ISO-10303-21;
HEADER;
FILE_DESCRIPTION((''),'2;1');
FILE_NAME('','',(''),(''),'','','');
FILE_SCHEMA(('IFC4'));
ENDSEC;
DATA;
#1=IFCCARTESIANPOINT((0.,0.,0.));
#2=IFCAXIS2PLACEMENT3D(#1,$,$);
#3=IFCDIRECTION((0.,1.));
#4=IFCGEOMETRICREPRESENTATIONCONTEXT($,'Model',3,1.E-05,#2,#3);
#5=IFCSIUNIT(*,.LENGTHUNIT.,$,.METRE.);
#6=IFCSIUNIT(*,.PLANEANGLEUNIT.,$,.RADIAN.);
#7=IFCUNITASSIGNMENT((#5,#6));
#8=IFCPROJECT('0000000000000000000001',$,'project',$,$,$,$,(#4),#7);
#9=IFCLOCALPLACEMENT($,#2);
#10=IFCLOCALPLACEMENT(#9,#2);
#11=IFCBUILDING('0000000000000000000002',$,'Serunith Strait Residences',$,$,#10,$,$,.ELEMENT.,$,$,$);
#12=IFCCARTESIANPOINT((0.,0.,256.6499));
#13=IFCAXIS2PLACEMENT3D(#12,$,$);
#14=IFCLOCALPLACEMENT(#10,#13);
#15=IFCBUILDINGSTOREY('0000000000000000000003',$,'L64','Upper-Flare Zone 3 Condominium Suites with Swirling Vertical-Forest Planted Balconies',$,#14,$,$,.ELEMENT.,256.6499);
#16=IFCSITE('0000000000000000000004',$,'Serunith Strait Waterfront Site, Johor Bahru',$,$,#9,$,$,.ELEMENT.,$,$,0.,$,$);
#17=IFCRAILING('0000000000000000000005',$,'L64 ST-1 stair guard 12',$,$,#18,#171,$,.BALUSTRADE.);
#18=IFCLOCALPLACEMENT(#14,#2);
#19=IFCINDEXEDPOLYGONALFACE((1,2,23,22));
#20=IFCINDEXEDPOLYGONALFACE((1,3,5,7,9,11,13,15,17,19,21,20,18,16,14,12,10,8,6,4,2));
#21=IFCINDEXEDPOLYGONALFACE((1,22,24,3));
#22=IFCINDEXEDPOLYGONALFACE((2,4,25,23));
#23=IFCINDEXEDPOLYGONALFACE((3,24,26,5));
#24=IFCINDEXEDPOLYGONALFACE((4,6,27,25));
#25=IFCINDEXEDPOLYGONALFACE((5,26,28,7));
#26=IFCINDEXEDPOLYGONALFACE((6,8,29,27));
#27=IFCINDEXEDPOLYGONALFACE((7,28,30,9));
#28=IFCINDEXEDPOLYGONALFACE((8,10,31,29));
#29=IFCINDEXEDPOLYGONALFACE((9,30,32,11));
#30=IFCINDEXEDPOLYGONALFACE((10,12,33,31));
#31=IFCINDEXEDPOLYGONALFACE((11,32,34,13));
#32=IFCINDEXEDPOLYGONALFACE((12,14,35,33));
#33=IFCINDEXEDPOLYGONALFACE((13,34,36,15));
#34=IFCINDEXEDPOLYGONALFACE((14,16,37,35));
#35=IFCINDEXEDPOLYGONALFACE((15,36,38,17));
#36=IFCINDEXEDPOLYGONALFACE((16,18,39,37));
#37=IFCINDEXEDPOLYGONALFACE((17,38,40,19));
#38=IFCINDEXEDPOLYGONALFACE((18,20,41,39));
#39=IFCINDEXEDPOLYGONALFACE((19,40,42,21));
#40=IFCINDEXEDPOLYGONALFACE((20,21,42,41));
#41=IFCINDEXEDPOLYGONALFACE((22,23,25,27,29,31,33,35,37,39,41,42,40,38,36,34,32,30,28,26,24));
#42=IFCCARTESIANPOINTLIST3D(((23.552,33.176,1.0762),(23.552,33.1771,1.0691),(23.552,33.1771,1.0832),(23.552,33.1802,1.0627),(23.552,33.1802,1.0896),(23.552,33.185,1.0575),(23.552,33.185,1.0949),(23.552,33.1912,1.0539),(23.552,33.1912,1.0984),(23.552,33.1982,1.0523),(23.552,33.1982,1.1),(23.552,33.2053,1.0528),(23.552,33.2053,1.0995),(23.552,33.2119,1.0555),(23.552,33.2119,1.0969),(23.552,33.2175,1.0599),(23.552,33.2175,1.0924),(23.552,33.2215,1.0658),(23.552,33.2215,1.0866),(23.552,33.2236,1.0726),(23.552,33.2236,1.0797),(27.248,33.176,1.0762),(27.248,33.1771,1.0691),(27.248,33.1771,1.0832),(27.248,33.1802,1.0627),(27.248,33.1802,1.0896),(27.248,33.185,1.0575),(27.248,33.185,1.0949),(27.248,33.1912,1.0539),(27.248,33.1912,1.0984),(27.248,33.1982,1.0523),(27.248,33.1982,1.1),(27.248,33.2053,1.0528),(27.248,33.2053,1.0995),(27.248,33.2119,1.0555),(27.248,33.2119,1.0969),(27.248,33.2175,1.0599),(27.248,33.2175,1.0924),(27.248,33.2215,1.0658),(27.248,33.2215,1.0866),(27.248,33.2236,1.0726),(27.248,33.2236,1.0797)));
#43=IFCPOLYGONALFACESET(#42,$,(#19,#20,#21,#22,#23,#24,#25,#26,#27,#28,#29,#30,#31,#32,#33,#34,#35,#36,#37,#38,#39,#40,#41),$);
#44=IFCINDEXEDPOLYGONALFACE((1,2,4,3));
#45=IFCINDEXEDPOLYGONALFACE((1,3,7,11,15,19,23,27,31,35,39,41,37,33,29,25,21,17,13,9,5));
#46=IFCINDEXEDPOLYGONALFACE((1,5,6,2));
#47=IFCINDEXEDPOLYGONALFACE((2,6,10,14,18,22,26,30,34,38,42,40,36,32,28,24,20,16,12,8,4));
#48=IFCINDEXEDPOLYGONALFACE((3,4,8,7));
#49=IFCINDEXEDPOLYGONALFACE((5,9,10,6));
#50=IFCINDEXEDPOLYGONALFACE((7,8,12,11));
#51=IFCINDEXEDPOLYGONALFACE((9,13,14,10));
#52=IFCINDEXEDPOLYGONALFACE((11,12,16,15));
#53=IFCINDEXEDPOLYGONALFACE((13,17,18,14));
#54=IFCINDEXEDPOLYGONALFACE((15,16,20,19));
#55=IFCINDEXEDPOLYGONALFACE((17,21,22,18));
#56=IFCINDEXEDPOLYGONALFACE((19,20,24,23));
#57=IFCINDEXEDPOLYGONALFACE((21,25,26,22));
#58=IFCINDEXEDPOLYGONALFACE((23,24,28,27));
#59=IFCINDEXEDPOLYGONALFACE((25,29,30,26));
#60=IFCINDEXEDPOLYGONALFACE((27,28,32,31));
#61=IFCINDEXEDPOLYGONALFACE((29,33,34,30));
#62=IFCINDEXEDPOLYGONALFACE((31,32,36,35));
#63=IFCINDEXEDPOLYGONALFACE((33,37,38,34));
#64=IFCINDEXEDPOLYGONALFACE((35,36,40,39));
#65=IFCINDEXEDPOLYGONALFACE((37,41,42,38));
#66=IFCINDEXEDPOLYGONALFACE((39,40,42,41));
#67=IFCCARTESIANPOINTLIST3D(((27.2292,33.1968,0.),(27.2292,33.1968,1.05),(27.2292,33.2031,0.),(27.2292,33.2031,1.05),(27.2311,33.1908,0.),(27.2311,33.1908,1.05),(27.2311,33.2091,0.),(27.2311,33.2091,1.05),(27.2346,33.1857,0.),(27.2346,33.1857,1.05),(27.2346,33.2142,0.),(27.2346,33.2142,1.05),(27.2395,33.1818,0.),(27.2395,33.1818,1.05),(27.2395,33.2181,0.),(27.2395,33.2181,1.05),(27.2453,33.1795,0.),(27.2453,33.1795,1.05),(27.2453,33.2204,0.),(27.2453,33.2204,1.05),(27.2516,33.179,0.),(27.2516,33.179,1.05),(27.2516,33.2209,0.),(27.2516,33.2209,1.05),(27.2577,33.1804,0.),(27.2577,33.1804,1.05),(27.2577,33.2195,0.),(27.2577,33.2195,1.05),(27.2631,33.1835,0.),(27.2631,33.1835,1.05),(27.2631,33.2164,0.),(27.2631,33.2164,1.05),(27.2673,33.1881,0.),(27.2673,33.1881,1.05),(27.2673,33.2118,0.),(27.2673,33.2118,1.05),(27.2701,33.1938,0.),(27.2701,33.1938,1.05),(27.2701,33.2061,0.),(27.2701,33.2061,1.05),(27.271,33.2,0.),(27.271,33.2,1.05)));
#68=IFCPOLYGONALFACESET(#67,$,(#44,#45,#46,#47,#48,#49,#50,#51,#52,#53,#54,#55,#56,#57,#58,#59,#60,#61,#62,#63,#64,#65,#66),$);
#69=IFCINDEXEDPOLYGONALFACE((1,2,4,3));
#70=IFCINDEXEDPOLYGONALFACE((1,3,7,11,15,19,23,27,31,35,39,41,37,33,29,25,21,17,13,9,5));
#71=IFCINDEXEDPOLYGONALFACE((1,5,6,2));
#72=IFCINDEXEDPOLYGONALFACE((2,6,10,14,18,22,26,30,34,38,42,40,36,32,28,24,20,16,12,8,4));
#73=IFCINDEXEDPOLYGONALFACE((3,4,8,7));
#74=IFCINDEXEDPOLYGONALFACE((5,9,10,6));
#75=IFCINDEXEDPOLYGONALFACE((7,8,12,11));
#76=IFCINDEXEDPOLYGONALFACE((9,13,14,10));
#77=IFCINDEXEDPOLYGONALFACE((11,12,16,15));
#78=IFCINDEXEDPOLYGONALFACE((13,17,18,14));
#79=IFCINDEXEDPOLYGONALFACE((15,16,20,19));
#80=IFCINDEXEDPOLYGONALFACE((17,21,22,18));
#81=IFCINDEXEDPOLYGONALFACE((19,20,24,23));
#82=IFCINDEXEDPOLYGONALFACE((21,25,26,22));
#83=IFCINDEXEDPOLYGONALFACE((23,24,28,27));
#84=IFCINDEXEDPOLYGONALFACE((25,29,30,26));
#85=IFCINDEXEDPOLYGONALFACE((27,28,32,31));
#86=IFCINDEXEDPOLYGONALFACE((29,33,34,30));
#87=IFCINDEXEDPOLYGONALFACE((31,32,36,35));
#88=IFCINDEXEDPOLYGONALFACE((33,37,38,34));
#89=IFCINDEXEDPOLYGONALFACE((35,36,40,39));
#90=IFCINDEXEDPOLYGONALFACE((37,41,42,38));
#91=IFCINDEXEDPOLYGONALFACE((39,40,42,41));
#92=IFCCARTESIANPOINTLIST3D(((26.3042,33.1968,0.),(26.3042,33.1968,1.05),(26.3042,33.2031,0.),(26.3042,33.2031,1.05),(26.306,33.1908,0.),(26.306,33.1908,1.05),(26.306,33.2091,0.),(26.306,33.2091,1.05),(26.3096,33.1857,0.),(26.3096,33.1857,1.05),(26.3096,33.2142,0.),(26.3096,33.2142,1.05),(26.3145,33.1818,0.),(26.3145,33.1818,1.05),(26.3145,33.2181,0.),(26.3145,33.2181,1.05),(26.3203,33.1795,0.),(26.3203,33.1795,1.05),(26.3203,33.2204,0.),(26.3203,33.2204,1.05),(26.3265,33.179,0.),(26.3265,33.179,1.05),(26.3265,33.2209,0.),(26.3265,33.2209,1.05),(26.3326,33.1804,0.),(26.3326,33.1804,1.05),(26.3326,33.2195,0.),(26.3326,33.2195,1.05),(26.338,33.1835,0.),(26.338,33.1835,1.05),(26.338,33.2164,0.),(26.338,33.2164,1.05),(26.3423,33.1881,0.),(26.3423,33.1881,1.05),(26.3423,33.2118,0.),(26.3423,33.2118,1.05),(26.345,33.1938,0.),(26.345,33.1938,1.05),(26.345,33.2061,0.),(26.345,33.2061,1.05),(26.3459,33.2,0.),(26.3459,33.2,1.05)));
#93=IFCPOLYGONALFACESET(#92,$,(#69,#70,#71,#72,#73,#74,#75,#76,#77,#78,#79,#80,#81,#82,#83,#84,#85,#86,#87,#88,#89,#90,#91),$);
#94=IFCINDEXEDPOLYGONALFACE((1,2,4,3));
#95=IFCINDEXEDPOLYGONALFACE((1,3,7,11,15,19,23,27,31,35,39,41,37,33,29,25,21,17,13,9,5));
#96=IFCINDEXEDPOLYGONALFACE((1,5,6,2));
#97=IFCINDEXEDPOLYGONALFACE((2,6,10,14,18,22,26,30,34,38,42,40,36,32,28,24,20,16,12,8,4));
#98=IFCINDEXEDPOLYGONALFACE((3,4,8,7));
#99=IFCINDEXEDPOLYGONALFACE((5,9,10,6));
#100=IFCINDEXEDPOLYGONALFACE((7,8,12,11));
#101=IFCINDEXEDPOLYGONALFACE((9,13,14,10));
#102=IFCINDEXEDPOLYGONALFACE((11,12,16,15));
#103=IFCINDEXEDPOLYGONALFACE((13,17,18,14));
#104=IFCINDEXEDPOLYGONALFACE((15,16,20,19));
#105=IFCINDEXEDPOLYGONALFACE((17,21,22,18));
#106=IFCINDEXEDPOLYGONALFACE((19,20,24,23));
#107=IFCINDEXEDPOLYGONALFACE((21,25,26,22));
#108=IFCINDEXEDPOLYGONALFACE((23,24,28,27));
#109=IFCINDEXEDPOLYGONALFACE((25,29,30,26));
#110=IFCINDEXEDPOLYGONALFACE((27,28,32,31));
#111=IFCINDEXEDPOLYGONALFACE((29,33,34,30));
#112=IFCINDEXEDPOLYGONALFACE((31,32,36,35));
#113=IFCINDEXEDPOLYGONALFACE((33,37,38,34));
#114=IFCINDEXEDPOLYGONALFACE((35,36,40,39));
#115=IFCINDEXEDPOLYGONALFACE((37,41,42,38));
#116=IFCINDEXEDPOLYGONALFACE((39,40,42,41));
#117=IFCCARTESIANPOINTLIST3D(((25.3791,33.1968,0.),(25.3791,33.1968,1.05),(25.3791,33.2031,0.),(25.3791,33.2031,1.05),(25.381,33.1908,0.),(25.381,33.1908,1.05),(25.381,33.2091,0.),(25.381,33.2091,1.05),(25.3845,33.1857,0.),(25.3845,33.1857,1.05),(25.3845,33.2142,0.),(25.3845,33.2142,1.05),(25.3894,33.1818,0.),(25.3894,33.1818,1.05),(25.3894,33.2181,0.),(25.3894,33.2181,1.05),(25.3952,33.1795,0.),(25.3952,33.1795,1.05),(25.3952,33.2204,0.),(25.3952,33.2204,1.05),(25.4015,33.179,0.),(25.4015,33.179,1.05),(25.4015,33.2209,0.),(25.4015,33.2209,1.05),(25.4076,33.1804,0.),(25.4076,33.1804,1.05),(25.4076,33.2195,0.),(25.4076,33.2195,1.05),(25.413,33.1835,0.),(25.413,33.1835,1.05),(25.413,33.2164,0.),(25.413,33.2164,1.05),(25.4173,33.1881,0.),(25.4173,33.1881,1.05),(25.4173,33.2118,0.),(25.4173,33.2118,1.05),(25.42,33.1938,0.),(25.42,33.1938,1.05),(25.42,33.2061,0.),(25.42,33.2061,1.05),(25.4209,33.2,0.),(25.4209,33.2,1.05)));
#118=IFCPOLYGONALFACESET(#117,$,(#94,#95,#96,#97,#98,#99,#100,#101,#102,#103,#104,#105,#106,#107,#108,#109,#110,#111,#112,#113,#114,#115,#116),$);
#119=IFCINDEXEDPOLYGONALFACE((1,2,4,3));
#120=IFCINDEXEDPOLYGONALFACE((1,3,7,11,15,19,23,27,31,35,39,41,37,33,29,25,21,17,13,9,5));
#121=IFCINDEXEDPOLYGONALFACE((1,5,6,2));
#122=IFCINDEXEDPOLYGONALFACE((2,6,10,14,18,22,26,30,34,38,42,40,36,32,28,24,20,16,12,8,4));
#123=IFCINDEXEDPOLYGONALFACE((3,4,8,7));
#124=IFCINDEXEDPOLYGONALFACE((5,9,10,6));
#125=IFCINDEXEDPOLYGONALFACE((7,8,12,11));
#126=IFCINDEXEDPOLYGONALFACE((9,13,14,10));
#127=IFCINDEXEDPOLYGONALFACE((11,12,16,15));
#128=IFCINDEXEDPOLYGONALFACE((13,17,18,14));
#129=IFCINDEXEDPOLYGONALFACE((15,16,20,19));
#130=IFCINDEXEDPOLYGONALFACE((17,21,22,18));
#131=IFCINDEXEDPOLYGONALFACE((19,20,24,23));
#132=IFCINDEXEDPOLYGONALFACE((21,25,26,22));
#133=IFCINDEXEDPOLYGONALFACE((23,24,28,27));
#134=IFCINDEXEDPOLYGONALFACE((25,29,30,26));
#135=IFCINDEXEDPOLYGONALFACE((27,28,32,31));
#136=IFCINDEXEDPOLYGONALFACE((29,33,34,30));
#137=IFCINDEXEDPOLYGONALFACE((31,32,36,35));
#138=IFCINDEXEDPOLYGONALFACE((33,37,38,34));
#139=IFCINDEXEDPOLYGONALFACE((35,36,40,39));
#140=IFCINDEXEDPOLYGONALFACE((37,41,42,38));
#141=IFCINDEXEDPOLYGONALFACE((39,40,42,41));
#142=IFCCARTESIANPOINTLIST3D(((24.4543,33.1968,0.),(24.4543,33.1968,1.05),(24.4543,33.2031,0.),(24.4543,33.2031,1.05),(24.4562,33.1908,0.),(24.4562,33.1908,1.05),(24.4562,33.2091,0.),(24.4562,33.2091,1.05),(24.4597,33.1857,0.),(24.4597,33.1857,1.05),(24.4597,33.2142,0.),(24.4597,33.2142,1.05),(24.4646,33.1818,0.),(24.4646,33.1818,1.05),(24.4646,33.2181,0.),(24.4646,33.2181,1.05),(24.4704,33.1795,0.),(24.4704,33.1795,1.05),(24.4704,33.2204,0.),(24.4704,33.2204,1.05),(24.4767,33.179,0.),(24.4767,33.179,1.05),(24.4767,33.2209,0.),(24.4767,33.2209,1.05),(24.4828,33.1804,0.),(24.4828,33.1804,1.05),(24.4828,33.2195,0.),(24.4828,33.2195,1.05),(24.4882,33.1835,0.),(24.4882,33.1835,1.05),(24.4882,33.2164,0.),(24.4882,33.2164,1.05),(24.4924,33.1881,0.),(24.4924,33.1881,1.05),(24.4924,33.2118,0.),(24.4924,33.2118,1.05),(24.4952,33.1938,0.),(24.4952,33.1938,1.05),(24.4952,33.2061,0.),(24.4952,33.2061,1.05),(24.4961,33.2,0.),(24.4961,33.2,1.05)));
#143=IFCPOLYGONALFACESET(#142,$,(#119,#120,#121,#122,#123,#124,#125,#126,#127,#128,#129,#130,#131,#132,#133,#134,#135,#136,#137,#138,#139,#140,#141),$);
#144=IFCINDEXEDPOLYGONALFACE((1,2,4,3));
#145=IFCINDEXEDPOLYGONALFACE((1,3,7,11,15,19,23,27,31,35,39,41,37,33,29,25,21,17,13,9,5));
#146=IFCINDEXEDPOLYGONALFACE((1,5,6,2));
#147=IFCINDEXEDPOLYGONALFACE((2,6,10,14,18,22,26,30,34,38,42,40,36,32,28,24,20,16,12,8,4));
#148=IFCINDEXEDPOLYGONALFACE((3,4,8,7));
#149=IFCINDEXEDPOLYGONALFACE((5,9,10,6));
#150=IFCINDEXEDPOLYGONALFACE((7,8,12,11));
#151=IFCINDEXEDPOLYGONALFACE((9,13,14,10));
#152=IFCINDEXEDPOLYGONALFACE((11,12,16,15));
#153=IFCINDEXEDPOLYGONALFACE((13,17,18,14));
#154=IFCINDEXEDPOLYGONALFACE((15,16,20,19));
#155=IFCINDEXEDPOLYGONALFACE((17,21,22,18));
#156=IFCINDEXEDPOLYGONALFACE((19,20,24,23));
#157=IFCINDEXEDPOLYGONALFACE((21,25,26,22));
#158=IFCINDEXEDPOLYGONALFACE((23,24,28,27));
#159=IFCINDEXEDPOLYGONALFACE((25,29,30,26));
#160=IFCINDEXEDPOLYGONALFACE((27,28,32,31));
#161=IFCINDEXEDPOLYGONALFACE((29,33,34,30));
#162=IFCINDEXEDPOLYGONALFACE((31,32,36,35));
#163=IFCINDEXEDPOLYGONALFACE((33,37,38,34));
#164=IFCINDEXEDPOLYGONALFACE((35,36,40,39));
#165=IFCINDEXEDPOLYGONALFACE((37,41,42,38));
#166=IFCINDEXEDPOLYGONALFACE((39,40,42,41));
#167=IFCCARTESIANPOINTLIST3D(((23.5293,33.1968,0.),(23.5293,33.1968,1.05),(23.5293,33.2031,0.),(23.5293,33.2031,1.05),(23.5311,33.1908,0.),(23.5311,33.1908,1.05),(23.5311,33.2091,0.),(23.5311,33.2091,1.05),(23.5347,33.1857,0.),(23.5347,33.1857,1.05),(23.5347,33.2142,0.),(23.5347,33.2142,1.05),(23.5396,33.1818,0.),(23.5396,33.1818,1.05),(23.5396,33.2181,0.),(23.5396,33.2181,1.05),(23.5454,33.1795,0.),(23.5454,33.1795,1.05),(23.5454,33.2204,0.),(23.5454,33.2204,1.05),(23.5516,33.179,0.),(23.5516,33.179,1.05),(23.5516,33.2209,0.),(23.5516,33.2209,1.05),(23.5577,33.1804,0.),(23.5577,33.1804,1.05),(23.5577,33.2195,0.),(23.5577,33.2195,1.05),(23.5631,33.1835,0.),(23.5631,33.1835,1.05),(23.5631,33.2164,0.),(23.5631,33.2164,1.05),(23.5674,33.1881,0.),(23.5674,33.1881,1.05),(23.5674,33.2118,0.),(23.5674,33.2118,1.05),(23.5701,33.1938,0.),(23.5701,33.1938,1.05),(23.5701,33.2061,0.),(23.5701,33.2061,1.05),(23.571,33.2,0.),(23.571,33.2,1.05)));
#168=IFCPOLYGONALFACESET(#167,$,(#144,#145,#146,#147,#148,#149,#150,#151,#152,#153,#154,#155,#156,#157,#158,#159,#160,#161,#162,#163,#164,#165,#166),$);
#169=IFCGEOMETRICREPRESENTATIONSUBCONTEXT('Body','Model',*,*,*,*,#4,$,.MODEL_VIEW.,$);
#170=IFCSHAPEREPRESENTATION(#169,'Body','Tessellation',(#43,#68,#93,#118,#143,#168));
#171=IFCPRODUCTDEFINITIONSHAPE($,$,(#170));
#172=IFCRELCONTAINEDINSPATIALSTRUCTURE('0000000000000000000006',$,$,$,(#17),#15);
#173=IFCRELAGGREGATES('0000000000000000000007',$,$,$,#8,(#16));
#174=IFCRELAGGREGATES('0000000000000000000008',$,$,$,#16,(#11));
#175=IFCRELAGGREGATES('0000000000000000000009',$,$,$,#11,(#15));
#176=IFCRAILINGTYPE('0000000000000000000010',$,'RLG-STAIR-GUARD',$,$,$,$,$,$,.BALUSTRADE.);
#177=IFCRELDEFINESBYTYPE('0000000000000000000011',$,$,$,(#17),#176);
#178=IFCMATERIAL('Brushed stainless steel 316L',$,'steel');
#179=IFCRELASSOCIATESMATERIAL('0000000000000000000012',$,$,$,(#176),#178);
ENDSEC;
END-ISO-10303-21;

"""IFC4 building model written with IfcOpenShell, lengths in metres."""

from ifc_helpers import new_model, si_unit, direction, frame, origin, origin_2d, place, context, subcontext, project, spatial, circle, extrude, material, type_object, element, save


model = new_model("IFC4")

# Units and contexts
model_context = context("Model", 3, precision=1e-05, world=origin(), true_north=direction((0.0, 1.0)))
body_context = subcontext(model_context, "Body", "Model", "MODEL_VIEW")
ifc_project = project(units=[si_unit("LENGTHUNIT", "METRE"), si_unit("PLANEANGLEUNIT", "RADIAN")], contexts=[model_context])

# Site, building, storey
site_placement = place(None, origin())
site = spatial("IfcSite", under=ifc_project, at=site_placement, Name="Serunith Strait Waterfront Site, Johor Bahru", CompositionType="ELEMENT", RefElevation=0.0)
building_placement = place(site_placement, origin())
building = spatial("IfcBuilding", under=site, at=building_placement, Name="Serunith Strait Residences", CompositionType="ELEMENT")
storey_placement = place(building_placement, frame((0.0, 0.0, 256.6499)))
storey = spatial("IfcBuildingStorey", under=building, at=storey_placement, Name="L64", Description="Upper-Flare Zone 3 Condominium Suites with Swirling Vertical-Forest Planted Balconies", CompositionType="ELEMENT", Elevation=256.6499)

# Railing
ifc_material_1 = material(Name="Brushed stainless steel 316L", Category="steel")
railing_type_1 = type_object("IfcRailingType", Name="RLG-STAIR-GUARD", PredefinedType="BALUSTRADE", material=ifc_material_1)
railing_1_placement = place(storey_placement, frame((27.25, 33.2, 0.0)))
element("IfcRailing", 1, at=railing_1_placement, inside=storey, type_object=railing_type_1, Name="L64 ST-1 stair guard 12", PredefinedType="BALUSTRADE", context=body_context, shape_type="SweptSolid", body=[
    extrude(circle(Radius=0.0239, at=origin_2d()), frame((-0.002, 0.0, 1.0762), z_axis=(-1.0, 0.0, 0.0), x_axis=(0.0, -1.0, 0.0)), (0.0, 0.0, 1.0), 3.696),
    extrude(circle(Radius=0.021, at=origin_2d()), origin(), (0.0, 0.0, 1.0), 1.05),
    extrude(circle(Radius=0.021, at=origin_2d()), frame((-0.925, 0.0, 0.0)), (0.0, 0.0, 1.0), 1.05),
    extrude(circle(Radius=0.021, at=origin_2d()), frame((-1.8501, 0.0, 0.0)), (0.0, 0.0, 1.0), 1.05),
    extrude(circle(Radius=0.021, at=origin_2d()), frame((-2.7749, 0.0, 0.0)), (0.0, 0.0, 1.0), 1.05),
    extrude(circle(Radius=0.021, at=origin_2d()), frame((-3.7, 0.0, 0.0)), (0.0, 0.0, 1.0), 1.05),
])

save(model, "model.ifc")
